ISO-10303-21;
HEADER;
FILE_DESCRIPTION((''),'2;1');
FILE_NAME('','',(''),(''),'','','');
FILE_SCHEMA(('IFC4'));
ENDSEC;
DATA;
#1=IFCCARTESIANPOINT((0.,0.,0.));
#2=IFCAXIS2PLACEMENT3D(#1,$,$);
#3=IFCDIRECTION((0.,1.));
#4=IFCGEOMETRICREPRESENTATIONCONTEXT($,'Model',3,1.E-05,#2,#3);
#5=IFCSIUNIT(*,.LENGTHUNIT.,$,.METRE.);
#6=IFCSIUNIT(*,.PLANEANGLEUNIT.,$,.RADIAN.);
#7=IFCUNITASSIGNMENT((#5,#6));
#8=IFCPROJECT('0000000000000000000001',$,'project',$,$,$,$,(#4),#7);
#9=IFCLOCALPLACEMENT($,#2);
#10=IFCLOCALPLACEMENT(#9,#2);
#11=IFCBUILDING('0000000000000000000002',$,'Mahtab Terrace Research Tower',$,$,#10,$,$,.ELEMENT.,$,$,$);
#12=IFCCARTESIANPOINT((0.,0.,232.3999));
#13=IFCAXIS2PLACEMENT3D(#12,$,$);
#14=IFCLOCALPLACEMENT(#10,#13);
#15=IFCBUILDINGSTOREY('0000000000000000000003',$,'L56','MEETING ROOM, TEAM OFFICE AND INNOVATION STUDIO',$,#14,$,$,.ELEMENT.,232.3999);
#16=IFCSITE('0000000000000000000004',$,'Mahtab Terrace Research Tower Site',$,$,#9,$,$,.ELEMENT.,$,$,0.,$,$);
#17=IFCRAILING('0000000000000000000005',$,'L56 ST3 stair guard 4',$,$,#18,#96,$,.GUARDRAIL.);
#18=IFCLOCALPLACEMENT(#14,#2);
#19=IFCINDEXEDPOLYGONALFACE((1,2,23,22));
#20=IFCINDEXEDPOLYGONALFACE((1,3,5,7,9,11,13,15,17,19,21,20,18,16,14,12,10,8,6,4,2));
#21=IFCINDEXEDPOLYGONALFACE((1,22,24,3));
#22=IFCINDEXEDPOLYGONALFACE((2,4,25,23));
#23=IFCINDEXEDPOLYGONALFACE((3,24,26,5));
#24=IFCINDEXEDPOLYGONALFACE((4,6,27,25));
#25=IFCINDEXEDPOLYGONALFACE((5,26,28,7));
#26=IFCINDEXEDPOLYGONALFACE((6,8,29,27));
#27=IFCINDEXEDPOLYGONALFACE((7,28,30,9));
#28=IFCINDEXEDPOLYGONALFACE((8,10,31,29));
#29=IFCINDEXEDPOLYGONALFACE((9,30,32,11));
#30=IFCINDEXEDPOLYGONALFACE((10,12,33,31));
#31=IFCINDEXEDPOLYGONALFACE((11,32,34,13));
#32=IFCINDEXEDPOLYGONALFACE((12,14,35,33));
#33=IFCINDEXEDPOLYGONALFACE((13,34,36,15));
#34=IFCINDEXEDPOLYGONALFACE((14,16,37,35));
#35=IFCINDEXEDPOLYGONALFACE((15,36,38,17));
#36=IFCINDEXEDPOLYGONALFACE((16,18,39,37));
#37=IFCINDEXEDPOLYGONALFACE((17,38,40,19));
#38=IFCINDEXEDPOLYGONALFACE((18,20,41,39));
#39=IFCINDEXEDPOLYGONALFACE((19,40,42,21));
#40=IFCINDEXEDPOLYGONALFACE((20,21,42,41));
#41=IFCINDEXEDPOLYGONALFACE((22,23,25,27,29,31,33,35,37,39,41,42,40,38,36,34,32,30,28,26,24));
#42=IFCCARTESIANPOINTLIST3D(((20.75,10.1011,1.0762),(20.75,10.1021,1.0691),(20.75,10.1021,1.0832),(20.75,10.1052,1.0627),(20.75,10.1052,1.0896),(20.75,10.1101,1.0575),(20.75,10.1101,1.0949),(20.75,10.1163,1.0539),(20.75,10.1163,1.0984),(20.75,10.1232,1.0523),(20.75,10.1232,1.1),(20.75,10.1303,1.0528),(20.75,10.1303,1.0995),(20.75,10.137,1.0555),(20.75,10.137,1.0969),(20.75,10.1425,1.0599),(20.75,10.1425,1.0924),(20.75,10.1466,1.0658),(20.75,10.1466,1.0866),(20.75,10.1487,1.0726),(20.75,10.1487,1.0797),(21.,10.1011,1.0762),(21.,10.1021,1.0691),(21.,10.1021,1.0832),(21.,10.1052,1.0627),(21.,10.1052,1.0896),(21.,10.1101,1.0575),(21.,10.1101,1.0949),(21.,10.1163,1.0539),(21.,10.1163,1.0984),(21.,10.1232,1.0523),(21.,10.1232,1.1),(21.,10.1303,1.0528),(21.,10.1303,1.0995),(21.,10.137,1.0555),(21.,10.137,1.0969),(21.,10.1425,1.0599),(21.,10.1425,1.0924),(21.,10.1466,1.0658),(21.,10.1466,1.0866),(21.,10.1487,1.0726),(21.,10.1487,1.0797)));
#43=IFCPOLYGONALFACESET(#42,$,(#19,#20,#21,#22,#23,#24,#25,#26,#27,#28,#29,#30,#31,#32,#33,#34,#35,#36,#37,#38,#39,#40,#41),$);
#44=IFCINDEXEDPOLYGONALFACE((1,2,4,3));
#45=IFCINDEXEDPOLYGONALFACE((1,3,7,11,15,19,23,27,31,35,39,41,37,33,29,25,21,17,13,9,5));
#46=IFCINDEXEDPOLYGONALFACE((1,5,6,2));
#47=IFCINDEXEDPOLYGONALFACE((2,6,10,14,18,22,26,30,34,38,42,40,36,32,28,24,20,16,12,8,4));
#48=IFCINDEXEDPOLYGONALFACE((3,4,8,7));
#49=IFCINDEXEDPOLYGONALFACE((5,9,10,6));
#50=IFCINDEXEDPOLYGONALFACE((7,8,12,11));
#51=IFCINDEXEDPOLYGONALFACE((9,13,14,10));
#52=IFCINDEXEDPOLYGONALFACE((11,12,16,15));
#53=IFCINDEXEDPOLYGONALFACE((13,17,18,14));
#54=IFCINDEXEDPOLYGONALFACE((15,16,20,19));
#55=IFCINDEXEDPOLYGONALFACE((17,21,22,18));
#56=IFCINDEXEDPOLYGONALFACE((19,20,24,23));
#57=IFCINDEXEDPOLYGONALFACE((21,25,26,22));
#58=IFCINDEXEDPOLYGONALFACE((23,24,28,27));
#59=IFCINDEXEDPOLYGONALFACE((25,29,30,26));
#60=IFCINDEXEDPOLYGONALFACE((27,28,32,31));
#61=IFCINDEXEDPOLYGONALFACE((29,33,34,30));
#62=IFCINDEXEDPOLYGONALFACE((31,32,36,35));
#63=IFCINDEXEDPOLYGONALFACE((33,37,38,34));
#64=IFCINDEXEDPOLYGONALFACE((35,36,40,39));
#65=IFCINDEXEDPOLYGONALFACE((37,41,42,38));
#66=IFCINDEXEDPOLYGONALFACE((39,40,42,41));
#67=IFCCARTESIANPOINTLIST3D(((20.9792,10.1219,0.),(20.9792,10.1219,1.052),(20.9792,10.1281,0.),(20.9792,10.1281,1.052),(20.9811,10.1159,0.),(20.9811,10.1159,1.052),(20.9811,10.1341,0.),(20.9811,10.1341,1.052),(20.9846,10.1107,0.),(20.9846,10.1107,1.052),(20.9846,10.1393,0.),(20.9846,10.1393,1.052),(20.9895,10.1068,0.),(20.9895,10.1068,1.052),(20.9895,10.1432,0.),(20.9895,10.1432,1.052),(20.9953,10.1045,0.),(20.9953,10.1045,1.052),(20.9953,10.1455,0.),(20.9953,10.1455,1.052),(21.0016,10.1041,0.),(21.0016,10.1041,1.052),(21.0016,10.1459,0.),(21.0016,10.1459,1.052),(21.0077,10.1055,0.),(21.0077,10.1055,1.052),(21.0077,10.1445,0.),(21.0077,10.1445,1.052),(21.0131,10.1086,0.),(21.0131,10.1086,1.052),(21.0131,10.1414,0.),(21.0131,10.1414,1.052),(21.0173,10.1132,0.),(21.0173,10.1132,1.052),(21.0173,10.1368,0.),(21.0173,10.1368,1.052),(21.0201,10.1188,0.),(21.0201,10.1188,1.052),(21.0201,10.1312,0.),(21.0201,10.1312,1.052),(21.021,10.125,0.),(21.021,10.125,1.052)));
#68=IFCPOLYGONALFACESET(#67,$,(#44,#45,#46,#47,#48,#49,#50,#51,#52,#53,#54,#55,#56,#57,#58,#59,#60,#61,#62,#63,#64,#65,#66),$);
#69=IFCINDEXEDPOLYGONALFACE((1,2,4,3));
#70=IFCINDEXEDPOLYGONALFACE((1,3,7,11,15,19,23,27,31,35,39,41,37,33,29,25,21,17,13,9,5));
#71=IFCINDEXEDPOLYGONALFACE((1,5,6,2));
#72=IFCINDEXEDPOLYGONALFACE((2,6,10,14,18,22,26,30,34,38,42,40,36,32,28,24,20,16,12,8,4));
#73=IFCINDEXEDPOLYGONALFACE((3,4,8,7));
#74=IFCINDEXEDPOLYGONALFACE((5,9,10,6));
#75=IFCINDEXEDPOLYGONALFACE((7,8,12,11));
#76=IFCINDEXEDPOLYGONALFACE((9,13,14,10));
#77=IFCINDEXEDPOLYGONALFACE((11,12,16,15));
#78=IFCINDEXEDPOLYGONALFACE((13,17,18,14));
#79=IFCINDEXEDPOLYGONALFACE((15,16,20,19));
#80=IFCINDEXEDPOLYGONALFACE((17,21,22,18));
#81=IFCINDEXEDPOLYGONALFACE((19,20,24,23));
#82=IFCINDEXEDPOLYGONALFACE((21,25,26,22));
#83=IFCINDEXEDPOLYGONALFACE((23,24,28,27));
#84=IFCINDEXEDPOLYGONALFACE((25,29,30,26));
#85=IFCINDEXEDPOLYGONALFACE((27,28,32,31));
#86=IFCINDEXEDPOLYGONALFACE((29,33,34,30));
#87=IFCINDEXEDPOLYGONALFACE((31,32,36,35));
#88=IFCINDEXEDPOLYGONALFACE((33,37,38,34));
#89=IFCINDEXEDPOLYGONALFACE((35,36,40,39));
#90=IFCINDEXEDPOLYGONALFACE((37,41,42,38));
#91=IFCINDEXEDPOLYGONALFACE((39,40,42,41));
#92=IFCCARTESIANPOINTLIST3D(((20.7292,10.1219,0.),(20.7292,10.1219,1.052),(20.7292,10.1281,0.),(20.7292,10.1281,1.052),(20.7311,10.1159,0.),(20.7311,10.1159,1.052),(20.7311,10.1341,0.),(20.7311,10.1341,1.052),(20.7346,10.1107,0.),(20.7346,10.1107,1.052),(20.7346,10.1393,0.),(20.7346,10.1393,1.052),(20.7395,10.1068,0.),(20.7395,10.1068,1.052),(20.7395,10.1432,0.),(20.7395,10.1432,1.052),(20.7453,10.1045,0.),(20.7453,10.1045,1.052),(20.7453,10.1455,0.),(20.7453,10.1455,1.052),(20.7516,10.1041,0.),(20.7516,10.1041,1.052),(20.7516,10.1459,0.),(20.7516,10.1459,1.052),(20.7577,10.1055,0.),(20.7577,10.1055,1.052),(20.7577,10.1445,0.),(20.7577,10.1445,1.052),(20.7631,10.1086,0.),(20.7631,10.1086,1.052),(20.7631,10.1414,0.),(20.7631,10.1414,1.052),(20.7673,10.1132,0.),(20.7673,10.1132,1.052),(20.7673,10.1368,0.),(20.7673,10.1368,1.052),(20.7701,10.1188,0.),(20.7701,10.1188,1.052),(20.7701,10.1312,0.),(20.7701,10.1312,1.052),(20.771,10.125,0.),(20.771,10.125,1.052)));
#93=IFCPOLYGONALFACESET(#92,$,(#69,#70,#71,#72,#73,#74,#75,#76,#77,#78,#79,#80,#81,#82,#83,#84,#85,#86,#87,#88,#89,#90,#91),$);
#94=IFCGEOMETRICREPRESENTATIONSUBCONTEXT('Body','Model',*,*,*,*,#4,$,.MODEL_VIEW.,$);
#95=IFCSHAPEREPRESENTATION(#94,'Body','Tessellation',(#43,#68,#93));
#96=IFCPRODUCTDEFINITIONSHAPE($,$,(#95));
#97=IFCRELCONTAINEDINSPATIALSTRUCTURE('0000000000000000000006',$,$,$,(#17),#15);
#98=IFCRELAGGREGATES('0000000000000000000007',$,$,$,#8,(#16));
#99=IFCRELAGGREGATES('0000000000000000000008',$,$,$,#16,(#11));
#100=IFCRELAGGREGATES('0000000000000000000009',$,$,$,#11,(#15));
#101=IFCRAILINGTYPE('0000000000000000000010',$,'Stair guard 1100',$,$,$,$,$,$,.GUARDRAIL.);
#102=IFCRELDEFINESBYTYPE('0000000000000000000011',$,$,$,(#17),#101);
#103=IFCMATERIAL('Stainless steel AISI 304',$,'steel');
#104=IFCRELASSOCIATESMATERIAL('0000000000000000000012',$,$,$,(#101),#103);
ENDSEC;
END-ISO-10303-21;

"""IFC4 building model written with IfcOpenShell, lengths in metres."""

from ifc_helpers import new_model, si_unit, direction, frame, origin, origin_2d, place, context, subcontext, project, spatial, circle, extrude, material, type_object, element, save


model = new_model("IFC4")

# Units and contexts
model_context = context("Model", 3, precision=1e-05, world=origin(), true_north=direction((0.0, 1.0)))
body_context = subcontext(model_context, "Body", "Model", "MODEL_VIEW")
ifc_project = project(units=[si_unit("LENGTHUNIT", "METRE"), si_unit("PLANEANGLEUNIT", "RADIAN")], contexts=[model_context])

# Site, building, storey
site_placement = place(None, origin())
site = spatial("IfcSite", under=ifc_project, at=site_placement, Name="Mahtab Terrace Research Tower Site", CompositionType="ELEMENT", RefElevation=0.0)
building_placement = place(site_placement, origin())
building = spatial("IfcBuilding", under=site, at=building_placement, Name="Mahtab Terrace Research Tower", CompositionType="ELEMENT")
storey_placement = place(building_placement, frame((0.0, 0.0, 232.3999)))
storey = spatial("IfcBuildingStorey", under=building, at=storey_placement, Name="L56", Description="MEETING ROOM, TEAM OFFICE AND INNOVATION STUDIO", CompositionType="ELEMENT", Elevation=232.3999)

# Shared definitions
ifc_material_1 = material(Name="Stainless steel AISI 304", Category="steel")

# Railing
railing_type_1 = type_object("IfcRailingType", Name="Stair guard 1100", PredefinedType="GUARDRAIL", material=ifc_material_1)
railing_1_placement = place(storey_placement, frame((21.0, 10.125, 0.0)))
element("IfcRailing", 1, at=railing_1_placement, inside=storey, type_object=railing_type_1, Name="L56 ST3 stair guard 4", PredefinedType="GUARDRAIL", context=body_context, shape_type="SweptSolid", body=[
    extrude(circle(Radius=0.0239, at=origin_2d()), frame((0.0, 0.0, 1.0762), z_axis=(-1.0, 0.0, 0.0), x_axis=(0.0, -1.0, 0.0)), (0.0, 0.0, 1.0), 0.25),
    extrude(circle(Radius=0.021, at=origin_2d()), origin(), (0.0, 0.0, 1.0), 1.052),
    extrude(circle(Radius=0.021, at=origin_2d()), frame((-0.25, 0.0, 0.0)), (0.0, 0.0, 1.0), 1.052),
])

save(model, "model.ifc")
